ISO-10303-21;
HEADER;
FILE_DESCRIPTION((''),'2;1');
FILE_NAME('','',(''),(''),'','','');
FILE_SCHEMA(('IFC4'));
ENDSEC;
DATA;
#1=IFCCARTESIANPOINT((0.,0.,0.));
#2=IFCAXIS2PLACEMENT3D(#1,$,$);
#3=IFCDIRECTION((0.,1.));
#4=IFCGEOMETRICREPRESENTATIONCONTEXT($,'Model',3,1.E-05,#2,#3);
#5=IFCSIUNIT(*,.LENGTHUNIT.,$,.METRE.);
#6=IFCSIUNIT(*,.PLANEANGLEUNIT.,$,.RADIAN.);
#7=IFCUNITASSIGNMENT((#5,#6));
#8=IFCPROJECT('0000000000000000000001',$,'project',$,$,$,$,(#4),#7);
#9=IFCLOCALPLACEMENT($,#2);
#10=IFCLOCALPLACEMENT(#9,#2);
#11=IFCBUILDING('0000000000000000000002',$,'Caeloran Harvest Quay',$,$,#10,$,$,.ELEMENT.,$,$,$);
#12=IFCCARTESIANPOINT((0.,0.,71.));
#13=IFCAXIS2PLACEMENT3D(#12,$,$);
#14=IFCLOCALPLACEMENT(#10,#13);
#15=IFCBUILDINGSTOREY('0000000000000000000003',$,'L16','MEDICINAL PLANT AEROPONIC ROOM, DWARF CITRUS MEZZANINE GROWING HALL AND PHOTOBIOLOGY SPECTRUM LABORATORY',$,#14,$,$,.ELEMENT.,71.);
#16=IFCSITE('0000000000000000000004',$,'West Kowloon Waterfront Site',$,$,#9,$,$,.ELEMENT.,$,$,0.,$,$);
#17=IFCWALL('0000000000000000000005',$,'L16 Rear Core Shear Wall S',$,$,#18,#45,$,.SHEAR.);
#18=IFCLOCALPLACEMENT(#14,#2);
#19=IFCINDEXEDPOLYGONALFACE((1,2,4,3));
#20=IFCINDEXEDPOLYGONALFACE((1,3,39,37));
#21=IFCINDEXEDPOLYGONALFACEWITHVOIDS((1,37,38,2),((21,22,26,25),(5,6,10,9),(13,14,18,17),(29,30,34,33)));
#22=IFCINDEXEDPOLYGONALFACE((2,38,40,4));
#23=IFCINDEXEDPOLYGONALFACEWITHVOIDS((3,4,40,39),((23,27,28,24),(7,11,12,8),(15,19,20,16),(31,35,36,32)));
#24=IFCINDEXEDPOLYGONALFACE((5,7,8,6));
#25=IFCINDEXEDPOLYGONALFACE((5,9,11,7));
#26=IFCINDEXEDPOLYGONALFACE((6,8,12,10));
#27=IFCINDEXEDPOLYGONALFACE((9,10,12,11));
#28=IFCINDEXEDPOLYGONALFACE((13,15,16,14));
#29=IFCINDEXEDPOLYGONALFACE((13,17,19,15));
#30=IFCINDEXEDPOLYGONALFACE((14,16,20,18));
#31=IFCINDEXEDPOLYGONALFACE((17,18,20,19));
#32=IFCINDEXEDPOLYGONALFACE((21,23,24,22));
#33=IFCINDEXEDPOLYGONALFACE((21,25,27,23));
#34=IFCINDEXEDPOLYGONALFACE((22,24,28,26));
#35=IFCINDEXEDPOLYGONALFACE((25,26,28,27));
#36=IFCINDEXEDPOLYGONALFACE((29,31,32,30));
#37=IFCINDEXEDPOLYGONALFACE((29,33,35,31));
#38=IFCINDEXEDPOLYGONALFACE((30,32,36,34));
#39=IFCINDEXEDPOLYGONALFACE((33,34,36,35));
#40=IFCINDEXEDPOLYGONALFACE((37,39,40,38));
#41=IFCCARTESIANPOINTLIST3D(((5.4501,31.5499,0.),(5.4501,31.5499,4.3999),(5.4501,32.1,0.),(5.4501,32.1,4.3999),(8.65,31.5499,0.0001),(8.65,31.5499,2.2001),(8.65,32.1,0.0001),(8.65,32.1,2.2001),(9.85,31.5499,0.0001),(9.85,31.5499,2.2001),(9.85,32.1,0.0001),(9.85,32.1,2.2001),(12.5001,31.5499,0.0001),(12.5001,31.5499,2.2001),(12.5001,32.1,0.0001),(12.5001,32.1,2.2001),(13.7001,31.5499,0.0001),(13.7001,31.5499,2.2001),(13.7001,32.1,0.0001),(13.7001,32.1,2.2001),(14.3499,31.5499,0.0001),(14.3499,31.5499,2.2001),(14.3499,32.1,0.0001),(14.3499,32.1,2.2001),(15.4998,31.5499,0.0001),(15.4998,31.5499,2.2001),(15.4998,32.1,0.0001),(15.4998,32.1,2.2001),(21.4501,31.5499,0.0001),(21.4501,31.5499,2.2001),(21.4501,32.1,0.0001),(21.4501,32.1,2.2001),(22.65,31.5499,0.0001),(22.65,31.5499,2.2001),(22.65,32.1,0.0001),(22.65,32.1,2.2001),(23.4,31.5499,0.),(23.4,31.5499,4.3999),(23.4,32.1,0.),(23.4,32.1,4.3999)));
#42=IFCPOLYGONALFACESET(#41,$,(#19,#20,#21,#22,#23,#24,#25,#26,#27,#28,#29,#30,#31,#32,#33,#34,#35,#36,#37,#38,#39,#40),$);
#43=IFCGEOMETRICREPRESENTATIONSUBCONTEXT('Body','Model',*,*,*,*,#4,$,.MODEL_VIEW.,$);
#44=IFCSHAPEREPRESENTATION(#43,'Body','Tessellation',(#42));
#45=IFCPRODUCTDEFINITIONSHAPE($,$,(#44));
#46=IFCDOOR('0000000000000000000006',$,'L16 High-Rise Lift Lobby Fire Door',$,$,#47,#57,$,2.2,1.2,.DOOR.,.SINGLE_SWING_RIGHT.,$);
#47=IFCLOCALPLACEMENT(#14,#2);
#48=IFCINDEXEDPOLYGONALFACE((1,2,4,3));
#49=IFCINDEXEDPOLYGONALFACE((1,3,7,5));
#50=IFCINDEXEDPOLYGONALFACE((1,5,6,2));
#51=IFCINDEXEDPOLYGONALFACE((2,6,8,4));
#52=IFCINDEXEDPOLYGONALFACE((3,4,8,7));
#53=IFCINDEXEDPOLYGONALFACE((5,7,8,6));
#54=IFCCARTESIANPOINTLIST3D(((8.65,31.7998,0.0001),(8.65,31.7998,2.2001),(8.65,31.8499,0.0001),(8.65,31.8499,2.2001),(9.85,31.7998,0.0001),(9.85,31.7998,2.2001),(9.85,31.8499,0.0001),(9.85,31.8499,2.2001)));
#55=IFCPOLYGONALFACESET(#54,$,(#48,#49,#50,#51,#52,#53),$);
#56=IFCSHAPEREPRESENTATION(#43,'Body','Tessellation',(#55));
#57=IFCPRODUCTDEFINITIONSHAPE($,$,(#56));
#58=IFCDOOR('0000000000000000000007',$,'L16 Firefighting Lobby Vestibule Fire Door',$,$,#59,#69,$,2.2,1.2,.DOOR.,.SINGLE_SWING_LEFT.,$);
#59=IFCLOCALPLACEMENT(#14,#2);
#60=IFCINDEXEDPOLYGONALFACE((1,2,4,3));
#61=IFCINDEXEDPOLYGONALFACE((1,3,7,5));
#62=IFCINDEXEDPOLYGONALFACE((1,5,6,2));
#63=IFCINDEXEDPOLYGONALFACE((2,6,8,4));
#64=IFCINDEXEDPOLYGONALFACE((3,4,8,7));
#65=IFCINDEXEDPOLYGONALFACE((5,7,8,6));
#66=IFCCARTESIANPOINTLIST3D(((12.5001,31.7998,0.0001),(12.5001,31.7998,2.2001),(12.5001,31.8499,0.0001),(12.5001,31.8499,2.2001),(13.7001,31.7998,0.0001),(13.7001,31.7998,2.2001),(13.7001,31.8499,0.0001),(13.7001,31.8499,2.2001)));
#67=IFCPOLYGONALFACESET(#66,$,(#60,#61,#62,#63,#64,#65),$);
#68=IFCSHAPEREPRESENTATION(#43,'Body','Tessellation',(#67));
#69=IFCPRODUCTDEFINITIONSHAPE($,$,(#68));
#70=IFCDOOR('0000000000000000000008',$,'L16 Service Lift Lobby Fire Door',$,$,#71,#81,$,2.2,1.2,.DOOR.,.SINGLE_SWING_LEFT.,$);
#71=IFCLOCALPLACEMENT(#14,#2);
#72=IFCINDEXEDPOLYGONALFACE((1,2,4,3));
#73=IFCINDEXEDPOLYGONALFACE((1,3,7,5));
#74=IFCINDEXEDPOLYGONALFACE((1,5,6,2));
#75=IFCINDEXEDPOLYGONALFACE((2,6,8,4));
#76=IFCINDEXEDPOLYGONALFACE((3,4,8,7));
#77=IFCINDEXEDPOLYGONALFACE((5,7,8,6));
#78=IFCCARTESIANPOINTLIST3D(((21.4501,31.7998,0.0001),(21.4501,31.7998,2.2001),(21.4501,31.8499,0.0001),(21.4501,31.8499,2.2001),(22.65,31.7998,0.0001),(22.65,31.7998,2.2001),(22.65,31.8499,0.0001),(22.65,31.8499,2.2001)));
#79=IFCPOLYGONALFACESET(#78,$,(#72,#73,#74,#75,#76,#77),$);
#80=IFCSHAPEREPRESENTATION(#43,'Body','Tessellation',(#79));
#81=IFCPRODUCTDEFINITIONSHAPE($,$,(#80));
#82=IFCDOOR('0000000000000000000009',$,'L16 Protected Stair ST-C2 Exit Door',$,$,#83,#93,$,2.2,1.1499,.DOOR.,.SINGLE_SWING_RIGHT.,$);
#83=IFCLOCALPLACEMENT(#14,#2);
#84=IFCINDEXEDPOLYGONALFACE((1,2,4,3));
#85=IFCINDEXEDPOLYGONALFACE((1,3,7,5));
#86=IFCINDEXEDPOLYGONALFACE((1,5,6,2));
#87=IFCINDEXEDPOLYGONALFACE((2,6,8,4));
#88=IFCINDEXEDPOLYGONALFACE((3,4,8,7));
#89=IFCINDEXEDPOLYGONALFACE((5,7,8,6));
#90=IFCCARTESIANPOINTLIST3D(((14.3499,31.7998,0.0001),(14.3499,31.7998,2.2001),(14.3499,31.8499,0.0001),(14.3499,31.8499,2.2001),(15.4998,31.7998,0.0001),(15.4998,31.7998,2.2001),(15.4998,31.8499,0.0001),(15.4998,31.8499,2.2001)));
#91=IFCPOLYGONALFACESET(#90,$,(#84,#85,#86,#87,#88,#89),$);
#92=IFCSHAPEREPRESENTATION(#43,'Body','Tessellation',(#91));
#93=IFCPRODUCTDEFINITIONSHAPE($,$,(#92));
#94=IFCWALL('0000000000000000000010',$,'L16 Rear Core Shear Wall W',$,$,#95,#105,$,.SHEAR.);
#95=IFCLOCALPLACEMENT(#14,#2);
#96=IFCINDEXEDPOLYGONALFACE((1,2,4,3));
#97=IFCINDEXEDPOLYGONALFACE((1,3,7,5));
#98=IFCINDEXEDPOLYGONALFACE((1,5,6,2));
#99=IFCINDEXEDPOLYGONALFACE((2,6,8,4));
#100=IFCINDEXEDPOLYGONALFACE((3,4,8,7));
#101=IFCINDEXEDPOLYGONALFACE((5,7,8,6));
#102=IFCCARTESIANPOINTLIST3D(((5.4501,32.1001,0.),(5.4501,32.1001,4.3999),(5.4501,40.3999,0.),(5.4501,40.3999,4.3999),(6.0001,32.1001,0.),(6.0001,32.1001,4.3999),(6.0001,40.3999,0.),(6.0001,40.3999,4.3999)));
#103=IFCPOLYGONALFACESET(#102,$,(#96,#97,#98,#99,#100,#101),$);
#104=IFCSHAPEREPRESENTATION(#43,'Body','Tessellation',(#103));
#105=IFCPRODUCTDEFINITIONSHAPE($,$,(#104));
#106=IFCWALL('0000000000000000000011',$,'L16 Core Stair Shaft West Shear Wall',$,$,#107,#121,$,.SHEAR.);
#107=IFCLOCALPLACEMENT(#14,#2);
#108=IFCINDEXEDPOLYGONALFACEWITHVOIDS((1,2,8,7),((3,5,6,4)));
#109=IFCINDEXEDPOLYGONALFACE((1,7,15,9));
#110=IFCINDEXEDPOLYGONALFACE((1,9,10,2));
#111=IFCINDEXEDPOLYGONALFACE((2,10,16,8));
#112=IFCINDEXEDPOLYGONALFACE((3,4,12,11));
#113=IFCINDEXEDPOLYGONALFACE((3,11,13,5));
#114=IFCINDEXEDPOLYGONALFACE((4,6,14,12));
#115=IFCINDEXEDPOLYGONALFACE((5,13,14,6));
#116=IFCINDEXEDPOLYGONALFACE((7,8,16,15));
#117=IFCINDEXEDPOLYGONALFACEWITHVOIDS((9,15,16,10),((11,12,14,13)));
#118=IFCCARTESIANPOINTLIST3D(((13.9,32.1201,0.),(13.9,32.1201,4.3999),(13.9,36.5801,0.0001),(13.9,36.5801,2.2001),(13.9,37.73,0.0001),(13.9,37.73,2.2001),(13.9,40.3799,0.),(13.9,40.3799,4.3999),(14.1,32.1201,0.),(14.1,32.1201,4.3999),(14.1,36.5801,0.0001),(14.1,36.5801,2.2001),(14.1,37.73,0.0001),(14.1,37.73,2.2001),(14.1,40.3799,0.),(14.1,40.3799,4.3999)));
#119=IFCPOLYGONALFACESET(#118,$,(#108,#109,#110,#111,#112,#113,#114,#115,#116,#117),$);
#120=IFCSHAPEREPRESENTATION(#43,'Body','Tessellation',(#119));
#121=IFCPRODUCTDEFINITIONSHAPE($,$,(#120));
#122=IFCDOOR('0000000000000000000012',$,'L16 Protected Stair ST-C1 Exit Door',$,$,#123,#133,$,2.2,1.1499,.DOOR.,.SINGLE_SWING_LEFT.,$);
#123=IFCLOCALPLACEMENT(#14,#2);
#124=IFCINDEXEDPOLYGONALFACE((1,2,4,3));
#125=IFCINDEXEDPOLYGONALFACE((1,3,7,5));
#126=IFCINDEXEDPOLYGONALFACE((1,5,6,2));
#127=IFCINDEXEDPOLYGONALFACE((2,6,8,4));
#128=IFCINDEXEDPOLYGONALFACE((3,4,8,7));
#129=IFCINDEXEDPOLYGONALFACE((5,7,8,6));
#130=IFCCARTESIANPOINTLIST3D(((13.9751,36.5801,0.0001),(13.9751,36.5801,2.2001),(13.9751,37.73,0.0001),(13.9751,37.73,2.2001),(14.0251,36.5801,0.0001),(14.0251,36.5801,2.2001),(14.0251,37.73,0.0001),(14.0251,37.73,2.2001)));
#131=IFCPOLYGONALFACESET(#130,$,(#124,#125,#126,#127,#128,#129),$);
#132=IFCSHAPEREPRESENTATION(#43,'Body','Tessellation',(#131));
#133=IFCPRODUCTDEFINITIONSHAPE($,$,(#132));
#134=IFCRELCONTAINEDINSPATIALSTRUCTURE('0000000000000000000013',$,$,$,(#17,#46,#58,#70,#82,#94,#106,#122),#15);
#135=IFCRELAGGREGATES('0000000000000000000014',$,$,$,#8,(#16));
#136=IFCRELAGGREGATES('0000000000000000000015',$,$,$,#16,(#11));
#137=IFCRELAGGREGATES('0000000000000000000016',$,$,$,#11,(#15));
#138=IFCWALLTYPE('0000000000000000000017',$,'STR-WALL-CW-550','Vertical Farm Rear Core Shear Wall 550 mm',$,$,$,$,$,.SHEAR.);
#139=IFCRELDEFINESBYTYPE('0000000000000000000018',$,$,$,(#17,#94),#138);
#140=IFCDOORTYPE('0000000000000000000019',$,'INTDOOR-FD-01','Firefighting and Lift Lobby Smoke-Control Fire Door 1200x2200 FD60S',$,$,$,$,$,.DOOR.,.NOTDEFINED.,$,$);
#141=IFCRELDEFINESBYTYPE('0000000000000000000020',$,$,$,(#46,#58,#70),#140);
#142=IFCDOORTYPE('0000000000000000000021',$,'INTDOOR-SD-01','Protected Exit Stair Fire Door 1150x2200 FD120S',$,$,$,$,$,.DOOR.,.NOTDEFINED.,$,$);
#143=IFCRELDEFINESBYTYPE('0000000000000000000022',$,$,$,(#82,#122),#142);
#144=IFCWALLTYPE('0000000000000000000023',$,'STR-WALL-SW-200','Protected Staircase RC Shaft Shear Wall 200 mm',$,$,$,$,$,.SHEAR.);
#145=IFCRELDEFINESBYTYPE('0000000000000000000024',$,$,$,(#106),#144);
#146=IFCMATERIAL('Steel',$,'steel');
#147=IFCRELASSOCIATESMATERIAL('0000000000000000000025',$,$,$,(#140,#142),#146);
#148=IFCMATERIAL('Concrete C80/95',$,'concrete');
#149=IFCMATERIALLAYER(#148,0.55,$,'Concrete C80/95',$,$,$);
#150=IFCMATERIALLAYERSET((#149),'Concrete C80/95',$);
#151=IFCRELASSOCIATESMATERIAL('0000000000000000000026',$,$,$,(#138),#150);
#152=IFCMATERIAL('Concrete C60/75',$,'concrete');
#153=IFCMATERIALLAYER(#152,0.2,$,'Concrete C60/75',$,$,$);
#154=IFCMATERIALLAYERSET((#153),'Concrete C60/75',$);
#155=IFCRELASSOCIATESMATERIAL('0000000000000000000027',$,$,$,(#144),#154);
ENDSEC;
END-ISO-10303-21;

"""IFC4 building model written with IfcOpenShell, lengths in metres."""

from ifc_helpers import new_model, si_unit, direction, frame, frame_2d, origin, place, context, subcontext, project, spatial, rectangle, extrude, material, layer, layer_set, type_object, element, fill, save


model = new_model("IFC4")

# Units and contexts
model_context = context("Model", 3, precision=1e-05, world=origin(), true_north=direction((0.0, 1.0)))
body_context = subcontext(model_context, "Body", "Model", "MODEL_VIEW")
ifc_project = project(units=[si_unit("LENGTHUNIT", "METRE"), si_unit("PLANEANGLEUNIT", "RADIAN")], contexts=[model_context])

# Site, building, storey
site_placement = place(None, origin())
site = spatial("IfcSite", under=ifc_project, at=site_placement, Name="West Kowloon Waterfront Site", CompositionType="ELEMENT", RefElevation=0.0)
building_placement = place(site_placement, origin())
building = spatial("IfcBuilding", under=site, at=building_placement, Name="Caeloran Harvest Quay", CompositionType="ELEMENT")
storey_placement = place(building_placement, frame((0.0, 0.0, 71.0)))
storey = spatial("IfcBuildingStorey", under=building, at=storey_placement, Name="L16", Description="MEDICINAL PLANT AEROPONIC ROOM, DWARF CITRUS MEZZANINE GROWING HALL AND PHOTOBIOLOGY SPECTRUM LABORATORY", CompositionType="ELEMENT", Elevation=71.0)

# Shared definitions
ifc_material_1 = material(Name="Concrete C80/95", Category="concrete")

# Shared definitions
ifc_material_2 = material(Name="Steel", Category="steel")
door_type_1 = type_object("IfcDoorType", Name="INTDOOR-FD-01", Description="Firefighting and Lift Lobby Smoke-Control Fire Door 1200x2200 FD60S", OperationType="NOTDEFINED", PredefinedType="DOOR", material=ifc_material_2)

# Wall, openings, doors
ifc_layer_1 = layer(ifc_material_1, 0.55, Name="Concrete C80/95")
ifc_layer_set_1 = layer_set([ifc_layer_1], Name="Concrete C80/95")
wall_type_1 = type_object("IfcWallType", Name="STR-WALL-CW-550", Description="Vertical Farm Rear Core Shear Wall 550 mm", PredefinedType="SHEAR", material=ifc_layer_set_1)
wall_1_placement = place(storey_placement, frame((5.45, 31.825, 0.0), z_axis=(0.0, 0.0, 1.0), x_axis=(1.0, 0.0, 0.0)))
wall_1 = element("IfcWall", 1, at=wall_1_placement, inside=storey, type_object=wall_type_1, Name="L16 Rear Core Shear Wall S", PredefinedType="SHEAR", context=body_context, shape_type="SweptSolid", body=[
    extrude(rectangle(XDim=17.95, YDim=0.55, at=frame_2d((8.9751, 0.0))), origin(), (0.0, 0.0, 1.0), 4.3999),
])
opening_1_placement = place(wall_1_placement, frame((3.2, 0.0, 0.0)))
opening_1 = element("IfcOpeningElement", 2, at=opening_1_placement, cuts=wall_1, PredefinedType="OPENING", context=body_context, shape_type="SweptSolid", body=[
    extrude(rectangle(XDim=1.2, YDim=2.2, at=frame_2d((0.6001, 1.1001))), frame((0.0, 0.2852, 0.0), z_axis=(0.0, -1.0, 0.0), x_axis=(1.0, 0.0, 0.0)), (0.0, 0.0, 1.0), 0.5701),
])
opening_2_placement = place(wall_1_placement, frame((7.05, 0.0, 0.0)))
opening_2 = element("IfcOpeningElement", 3, at=opening_2_placement, cuts=wall_1, PredefinedType="OPENING", context=body_context, shape_type="SweptSolid", body=[
    extrude(rectangle(XDim=1.2, YDim=2.2, at=frame_2d((0.6001, 1.1001))), frame((0.0, 0.2852, 0.0), z_axis=(0.0, -1.0, 0.0), x_axis=(1.0, 0.0, 0.0)), (0.0, 0.0, 1.0), 0.5701),
])
opening_3_placement = place(wall_1_placement, frame((8.8999, 0.0, 0.0)))
opening_3 = element("IfcOpeningElement", 4, at=opening_3_placement, cuts=wall_1, PredefinedType="OPENING", context=body_context, shape_type="SweptSolid", body=[
    extrude(rectangle(XDim=1.1499, YDim=2.2, at=frame_2d((0.575, 1.1001))), frame((0.0, 0.2852, 0.0), z_axis=(0.0, -1.0, 0.0), x_axis=(1.0, 0.0, 0.0)), (0.0, 0.0, 1.0), 0.5701),
])
opening_4_placement = place(wall_1_placement, frame((16.0, 0.0, 0.0)))
opening_4 = element("IfcOpeningElement", 5, at=opening_4_placement, cuts=wall_1, PredefinedType="OPENING", context=body_context, shape_type="SweptSolid", body=[
    extrude(rectangle(XDim=1.2, YDim=2.2, at=frame_2d((0.6001, 1.1001))), frame((0.0, 0.2852, 0.0), z_axis=(0.0, -1.0, 0.0), x_axis=(1.0, 0.0, 0.0)), (0.0, 0.0, 1.0), 0.5701),
])
door_1_placement = place(opening_1_placement, origin())
door_1 = element("IfcDoor", 6, at=door_1_placement, inside=storey, type_object=door_type_1, Name="L16 High-Rise Lift Lobby Fire Door", OperationType="SINGLE_SWING_RIGHT", OverallHeight=2.2, OverallWidth=1.2, PredefinedType="DOOR", context=body_context, shape_type="SweptSolid", body=[
    extrude(rectangle(XDim=1.2, YDim=2.2, at=frame_2d((0.6001, 1.1001))), frame((0.0, 0.0249, 0.0), z_axis=(0.0, -1.0, 0.0), x_axis=(1.0, 0.0, 0.0)), (0.0, 0.0, 1.0), 0.05),
])
fill(opening_1, door_1)
door_2_placement = place(opening_2_placement, origin())
door_2 = element("IfcDoor", 7, at=door_2_placement, inside=storey, type_object=door_type_1, Name="L16 Firefighting Lobby Vestibule Fire Door", OperationType="SINGLE_SWING_LEFT", OverallHeight=2.2, OverallWidth=1.2, PredefinedType="DOOR", context=body_context, shape_type="SweptSolid", body=[
    extrude(rectangle(XDim=1.2, YDim=2.2, at=frame_2d((0.6001, 1.1001))), frame((0.0, 0.0249, 0.0), z_axis=(0.0, -1.0, 0.0), x_axis=(1.0, 0.0, 0.0)), (0.0, 0.0, 1.0), 0.05),
])
fill(opening_2, door_2)
door_3_placement = place(opening_4_placement, origin())
door_3 = element("IfcDoor", 8, at=door_3_placement, inside=storey, type_object=door_type_1, Name="L16 Service Lift Lobby Fire Door", OperationType="SINGLE_SWING_LEFT", OverallHeight=2.2, OverallWidth=1.2, PredefinedType="DOOR", context=body_context, shape_type="SweptSolid", body=[
    extrude(rectangle(XDim=1.2, YDim=2.2, at=frame_2d((0.6001, 1.1001))), frame((0.0, 0.0249, 0.0), z_axis=(0.0, -1.0, 0.0), x_axis=(1.0, 0.0, 0.0)), (0.0, 0.0, 1.0), 0.05),
])
fill(opening_4, door_3)
door_type_2 = type_object("IfcDoorType", Name="INTDOOR-SD-01", Description="Protected Exit Stair Fire Door 1150x2200 FD120S", OperationType="NOTDEFINED", PredefinedType="DOOR", material=ifc_material_2)
door_4_placement = place(opening_3_placement, origin())
door_4 = element("IfcDoor", 9, at=door_4_placement, inside=storey, type_object=door_type_2, Name="L16 Protected Stair ST-C2 Exit Door", OperationType="SINGLE_SWING_RIGHT", OverallHeight=2.2, OverallWidth=1.1499, PredefinedType="DOOR", context=body_context, shape_type="SweptSolid", body=[
    extrude(rectangle(XDim=1.1499, YDim=2.2, at=frame_2d((0.575, 1.1001))), frame((0.0, 0.0249, 0.0), z_axis=(0.0, -1.0, 0.0), x_axis=(1.0, 0.0, 0.0)), (0.0, 0.0, 1.0), 0.05),
])
fill(opening_3, door_4)

# Wall
wall_2_placement = place(storey_placement, frame((5.7251, 32.1001, 0.0), z_axis=(0.0, 0.0, 1.0), x_axis=(0.0, 1.0, 0.0)))
element("IfcWall", 10, at=wall_2_placement, inside=storey, type_object=wall_type_1, Name="L16 Rear Core Shear Wall W", PredefinedType="SHEAR", context=body_context, shape_type="SweptSolid", body=[
    extrude(rectangle(XDim=8.2998, YDim=0.55, at=frame_2d((4.1499, 0.0))), origin(), (0.0, 0.0, 1.0), 4.3999),
])

# Wall, opening, door
ifc_material_3 = material(Name="Concrete C60/75", Category="concrete")
ifc_layer_2 = layer(ifc_material_3, 0.2, Name="Concrete C60/75")
ifc_layer_set_2 = layer_set([ifc_layer_2], Name="Concrete C60/75")
wall_type_2 = type_object("IfcWallType", Name="STR-WALL-SW-200", Description="Protected Staircase RC Shaft Shear Wall 200 mm", PredefinedType="SHEAR", material=ifc_layer_set_2)
wall_3_placement = place(storey_placement, frame((14.0, 32.1201, 0.0), z_axis=(0.0, 0.0, 1.0), x_axis=(0.0, 1.0, 0.0)))
wall_3 = element("IfcWall", 11, at=wall_3_placement, inside=storey, type_object=wall_type_2, Name="L16 Core Stair Shaft West Shear Wall", PredefinedType="SHEAR", context=body_context, shape_type="SweptSolid", body=[
    extrude(rectangle(XDim=8.2598, YDim=0.2, at=frame_2d((4.1299, 0.0))), origin(), (0.0, 0.0, 1.0), 4.3999),
])
opening_5_placement = place(wall_3_placement, frame((4.46, 0.0, 0.0)))
opening_5 = element("IfcOpeningElement", 12, at=opening_5_placement, cuts=wall_3, PredefinedType="OPENING", context=body_context, shape_type="SweptSolid", body=[
    extrude(rectangle(XDim=1.1499, YDim=2.2, at=frame_2d((0.575, 1.1001))), frame((0.0, 0.1099, 0.0), z_axis=(0.0, -1.0, 0.0), x_axis=(1.0, 0.0, 0.0)), (0.0, 0.0, 1.0), 0.22),
])
door_5_placement = place(opening_5_placement, origin())
door_5 = element("IfcDoor", 13, at=door_5_placement, inside=storey, type_object=door_type_2, Name="L16 Protected Stair ST-C1 Exit Door", OperationType="SINGLE_SWING_LEFT", OverallHeight=2.2, OverallWidth=1.1499, PredefinedType="DOOR", context=body_context, shape_type="SweptSolid", body=[
    extrude(rectangle(XDim=1.1499, YDim=2.2, at=frame_2d((0.575, 1.1001))), frame((0.0, 0.0249, 0.0), z_axis=(0.0, -1.0, 0.0), x_axis=(1.0, 0.0, 0.0)), (0.0, 0.0, 1.0), 0.05),
])
fill(opening_5, door_5)

save(model, "model.ifc")
